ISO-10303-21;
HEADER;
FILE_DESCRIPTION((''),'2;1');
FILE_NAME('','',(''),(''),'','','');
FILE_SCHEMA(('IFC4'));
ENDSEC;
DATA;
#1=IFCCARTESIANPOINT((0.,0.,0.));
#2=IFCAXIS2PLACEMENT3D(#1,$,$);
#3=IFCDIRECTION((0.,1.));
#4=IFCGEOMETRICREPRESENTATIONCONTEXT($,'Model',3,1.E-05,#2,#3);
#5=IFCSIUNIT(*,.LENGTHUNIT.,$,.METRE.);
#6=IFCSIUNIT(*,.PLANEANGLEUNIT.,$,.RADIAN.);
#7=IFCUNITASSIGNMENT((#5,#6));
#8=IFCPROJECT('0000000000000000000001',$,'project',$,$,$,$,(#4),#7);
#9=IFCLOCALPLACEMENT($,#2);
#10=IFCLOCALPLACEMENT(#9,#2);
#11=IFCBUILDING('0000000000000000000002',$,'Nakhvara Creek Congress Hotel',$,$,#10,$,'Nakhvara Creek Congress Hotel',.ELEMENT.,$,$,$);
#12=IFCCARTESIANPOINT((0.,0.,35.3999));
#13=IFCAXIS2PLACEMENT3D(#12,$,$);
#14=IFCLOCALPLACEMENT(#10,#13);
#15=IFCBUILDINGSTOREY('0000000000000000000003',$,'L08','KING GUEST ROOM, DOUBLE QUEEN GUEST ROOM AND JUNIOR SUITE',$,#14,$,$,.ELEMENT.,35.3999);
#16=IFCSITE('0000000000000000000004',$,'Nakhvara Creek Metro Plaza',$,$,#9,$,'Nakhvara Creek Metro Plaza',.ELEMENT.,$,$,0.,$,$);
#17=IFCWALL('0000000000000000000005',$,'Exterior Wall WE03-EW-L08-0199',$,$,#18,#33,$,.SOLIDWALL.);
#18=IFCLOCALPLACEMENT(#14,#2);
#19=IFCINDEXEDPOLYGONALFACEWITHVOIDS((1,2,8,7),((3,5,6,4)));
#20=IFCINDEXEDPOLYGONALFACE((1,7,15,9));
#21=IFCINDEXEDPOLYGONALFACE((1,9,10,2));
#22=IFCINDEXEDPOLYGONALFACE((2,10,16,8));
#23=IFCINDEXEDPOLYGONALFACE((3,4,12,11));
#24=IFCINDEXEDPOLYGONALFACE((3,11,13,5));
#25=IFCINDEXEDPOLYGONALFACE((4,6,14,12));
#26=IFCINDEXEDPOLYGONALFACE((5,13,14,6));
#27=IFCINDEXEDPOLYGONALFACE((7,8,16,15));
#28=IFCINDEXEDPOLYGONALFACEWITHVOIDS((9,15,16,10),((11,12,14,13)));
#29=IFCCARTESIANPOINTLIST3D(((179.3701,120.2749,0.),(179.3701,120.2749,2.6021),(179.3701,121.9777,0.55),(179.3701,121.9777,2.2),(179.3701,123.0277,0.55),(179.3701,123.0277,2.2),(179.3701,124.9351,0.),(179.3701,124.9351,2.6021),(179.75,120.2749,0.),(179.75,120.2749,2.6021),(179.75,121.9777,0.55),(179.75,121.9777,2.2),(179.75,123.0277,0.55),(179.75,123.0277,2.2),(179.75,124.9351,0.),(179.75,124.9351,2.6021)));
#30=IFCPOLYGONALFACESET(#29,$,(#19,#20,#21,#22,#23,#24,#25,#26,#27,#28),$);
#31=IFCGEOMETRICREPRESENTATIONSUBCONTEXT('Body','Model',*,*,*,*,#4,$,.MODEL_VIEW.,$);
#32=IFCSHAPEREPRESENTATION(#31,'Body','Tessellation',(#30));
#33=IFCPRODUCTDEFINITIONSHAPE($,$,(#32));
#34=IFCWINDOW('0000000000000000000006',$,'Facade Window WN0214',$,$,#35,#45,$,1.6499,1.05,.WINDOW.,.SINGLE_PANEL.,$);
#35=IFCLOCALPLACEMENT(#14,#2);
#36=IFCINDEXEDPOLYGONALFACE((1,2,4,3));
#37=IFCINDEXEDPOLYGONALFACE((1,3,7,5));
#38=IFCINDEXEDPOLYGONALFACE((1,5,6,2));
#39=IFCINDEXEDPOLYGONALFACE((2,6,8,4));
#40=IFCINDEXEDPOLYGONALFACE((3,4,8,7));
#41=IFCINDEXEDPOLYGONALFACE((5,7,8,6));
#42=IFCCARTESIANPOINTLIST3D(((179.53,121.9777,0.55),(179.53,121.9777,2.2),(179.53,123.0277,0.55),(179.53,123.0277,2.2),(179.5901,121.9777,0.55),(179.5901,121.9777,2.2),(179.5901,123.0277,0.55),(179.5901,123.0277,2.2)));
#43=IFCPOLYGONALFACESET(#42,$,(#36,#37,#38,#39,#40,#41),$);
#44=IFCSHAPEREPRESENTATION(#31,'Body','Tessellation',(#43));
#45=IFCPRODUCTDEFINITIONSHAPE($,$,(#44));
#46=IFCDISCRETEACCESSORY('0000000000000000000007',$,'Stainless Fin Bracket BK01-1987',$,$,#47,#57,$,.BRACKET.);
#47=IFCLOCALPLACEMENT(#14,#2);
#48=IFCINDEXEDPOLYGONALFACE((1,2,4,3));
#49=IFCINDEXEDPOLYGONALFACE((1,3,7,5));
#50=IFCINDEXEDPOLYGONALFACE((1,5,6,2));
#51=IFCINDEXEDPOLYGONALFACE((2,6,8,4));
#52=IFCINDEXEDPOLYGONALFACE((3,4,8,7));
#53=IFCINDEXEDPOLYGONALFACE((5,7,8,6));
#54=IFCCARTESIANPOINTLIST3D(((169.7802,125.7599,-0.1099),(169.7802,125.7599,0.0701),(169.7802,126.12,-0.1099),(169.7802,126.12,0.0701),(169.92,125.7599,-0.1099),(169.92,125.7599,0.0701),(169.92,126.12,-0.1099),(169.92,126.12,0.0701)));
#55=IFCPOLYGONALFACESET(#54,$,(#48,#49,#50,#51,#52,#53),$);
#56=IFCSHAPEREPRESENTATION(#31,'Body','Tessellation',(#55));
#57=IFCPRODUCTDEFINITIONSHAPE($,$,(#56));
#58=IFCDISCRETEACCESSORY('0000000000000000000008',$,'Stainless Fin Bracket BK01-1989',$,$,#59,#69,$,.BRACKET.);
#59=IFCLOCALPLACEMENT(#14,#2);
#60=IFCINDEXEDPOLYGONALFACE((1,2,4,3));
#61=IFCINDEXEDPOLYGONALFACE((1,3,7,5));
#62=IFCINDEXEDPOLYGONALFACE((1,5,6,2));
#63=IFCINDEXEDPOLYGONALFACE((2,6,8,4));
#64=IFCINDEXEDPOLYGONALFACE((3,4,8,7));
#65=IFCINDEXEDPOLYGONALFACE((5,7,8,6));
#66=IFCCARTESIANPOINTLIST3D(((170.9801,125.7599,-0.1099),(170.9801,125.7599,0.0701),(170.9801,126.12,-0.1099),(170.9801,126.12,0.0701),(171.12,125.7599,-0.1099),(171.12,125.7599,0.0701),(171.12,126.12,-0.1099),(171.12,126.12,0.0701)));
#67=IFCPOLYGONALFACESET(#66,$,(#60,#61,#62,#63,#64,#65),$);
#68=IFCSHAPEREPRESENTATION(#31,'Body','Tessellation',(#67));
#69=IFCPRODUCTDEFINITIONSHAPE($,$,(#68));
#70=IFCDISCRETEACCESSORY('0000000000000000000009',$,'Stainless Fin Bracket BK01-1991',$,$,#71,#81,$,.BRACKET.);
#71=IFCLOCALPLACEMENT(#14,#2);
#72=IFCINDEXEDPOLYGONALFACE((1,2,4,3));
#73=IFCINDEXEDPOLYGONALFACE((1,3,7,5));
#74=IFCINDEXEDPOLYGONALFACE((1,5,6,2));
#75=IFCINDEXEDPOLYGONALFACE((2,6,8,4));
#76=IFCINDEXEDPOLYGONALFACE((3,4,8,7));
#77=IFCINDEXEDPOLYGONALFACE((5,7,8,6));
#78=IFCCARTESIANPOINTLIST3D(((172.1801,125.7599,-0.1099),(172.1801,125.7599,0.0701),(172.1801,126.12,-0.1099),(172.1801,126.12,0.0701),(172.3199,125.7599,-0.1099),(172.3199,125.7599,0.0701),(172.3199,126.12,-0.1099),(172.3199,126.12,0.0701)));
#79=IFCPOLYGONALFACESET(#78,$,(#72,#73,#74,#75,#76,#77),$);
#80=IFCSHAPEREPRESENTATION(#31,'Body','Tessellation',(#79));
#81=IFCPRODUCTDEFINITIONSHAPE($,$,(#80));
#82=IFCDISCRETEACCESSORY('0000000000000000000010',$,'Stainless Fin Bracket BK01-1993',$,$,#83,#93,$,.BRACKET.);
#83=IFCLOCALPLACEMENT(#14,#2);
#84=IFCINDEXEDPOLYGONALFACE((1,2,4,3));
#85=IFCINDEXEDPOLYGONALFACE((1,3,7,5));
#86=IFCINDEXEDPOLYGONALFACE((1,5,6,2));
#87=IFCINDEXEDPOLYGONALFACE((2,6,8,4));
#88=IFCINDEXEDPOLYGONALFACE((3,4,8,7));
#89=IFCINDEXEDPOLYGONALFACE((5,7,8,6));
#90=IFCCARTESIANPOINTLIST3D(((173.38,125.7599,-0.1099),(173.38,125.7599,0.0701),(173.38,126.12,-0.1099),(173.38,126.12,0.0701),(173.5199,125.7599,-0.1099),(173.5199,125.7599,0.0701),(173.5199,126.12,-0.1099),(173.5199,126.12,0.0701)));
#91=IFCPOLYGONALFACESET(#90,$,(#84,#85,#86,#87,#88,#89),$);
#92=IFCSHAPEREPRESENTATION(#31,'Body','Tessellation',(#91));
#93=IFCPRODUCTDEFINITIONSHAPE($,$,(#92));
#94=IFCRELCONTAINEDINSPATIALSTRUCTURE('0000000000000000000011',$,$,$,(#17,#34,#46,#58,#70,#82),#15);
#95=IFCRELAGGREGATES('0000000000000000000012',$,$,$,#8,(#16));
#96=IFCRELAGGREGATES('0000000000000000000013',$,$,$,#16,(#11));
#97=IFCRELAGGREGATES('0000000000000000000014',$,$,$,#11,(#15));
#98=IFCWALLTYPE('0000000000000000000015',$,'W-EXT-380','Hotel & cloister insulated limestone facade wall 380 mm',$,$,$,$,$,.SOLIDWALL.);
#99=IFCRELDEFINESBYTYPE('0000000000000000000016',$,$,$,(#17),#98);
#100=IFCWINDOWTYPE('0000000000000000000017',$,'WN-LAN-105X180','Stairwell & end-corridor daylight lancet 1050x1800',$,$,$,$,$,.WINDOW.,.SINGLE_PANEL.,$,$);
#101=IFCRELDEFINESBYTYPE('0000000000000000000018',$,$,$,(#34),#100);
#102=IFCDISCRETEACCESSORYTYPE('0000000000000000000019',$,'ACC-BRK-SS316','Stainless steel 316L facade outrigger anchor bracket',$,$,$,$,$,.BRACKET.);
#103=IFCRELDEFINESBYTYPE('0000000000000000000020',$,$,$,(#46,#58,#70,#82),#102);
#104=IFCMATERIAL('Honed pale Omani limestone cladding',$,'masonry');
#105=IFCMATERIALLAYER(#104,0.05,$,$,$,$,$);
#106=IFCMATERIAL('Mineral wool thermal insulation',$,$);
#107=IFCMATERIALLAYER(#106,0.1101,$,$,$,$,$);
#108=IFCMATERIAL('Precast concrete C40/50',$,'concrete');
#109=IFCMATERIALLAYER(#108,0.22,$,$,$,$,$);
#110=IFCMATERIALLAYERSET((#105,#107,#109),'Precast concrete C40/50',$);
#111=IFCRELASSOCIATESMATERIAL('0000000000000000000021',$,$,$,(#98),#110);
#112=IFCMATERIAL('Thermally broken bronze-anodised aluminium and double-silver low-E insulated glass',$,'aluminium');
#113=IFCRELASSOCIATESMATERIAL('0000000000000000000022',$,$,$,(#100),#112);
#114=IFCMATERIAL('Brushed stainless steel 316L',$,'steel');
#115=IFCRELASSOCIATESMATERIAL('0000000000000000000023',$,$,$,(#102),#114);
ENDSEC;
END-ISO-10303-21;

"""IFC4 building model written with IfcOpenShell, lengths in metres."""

from ifc_helpers import new_model, si_unit, direction, frame, frame_2d, origin, origin_2d, place, context, subcontext, project, spatial, rectangle, extrude, material, layer, layer_set, type_object, element, fill, save


model = new_model("IFC4")

# Units and contexts
model_context = context("Model", 3, precision=1e-05, world=origin(), true_north=direction((0.0, 1.0)))
body_context = subcontext(model_context, "Body", "Model", "MODEL_VIEW")
ifc_project = project(units=[si_unit("LENGTHUNIT", "METRE"), si_unit("PLANEANGLEUNIT", "RADIAN")], contexts=[model_context])

# Site, building, storey
site_placement = place(None, origin())
site = spatial("IfcSite", under=ifc_project, at=site_placement, Name="Nakhvara Creek Metro Plaza", LongName="Nakhvara Creek Metro Plaza", CompositionType="ELEMENT", RefElevation=0.0)
building_placement = place(site_placement, origin())
building = spatial("IfcBuilding", under=site, at=building_placement, Name="Nakhvara Creek Congress Hotel", LongName="Nakhvara Creek Congress Hotel", CompositionType="ELEMENT")
storey_placement = place(building_placement, frame((0.0, 0.0, 35.3999)))
storey = spatial("IfcBuildingStorey", under=building, at=storey_placement, Name="L08", Description="KING GUEST ROOM, DOUBLE QUEEN GUEST ROOM AND JUNIOR SUITE", CompositionType="ELEMENT", Elevation=35.3999)

# Wall, opening, window
ifc_material_1 = material(Name="Honed pale Omani limestone cladding", Category="masonry")
ifc_layer_1 = layer(ifc_material_1, 0.05)
ifc_material_2 = material(Name="Mineral wool thermal insulation")
ifc_layer_2 = layer(ifc_material_2, 0.1101)
ifc_material_3 = material(Name="Precast concrete C40/50", Category="concrete")
ifc_layer_3 = layer(ifc_material_3, 0.22)
ifc_layer_set_1 = layer_set([ifc_layer_1, ifc_layer_2, ifc_layer_3], Name="Precast concrete C40/50")
wall_type_1 = type_object("IfcWallType", Name="W-EXT-380", Description="Hotel & cloister insulated limestone facade wall 380 mm", PredefinedType="SOLIDWALL", material=ifc_layer_set_1)
wall_1_placement = place(storey_placement, frame((179.5601, 124.9351, 0.0), z_axis=(0.0, 0.0, 1.0), x_axis=(0.0, -1.0, 0.0)))
wall_1 = element("IfcWall", 1, at=wall_1_placement, inside=storey, type_object=wall_type_1, Name="Exterior Wall WE03-EW-L08-0199", PredefinedType="SOLIDWALL", context=body_context, shape_type="SweptSolid", body=[
    extrude(rectangle(XDim=4.6602, YDim=0.3799, at=frame_2d((2.3301, 0.0))), origin(), (0.0, 0.0, 1.0), 2.6021),
])
opening_1_placement = place(wall_1_placement, frame((1.9075, 0.0, 0.55)))
opening_1 = element("IfcOpeningElement", 2, at=opening_1_placement, cuts=wall_1, PredefinedType="OPENING", context=body_context, shape_type="SweptSolid", body=[
    extrude(rectangle(XDim=1.05, YDim=1.6499, at=frame_2d((0.5249, 0.825))), frame((0.0, 0.2019, 0.0), z_axis=(0.0, -1.0, 0.0), x_axis=(1.0, 0.0, 0.0)), (0.0, 0.0, 1.0), 0.4038),
])
ifc_material_4 = material(Name="Thermally broken bronze-anodised aluminium and double-silver low-E insulated glass", Category="aluminium")
window_type = type_object("IfcWindowType", Name="WN-LAN-105X180", Description="Stairwell & end-corridor daylight lancet 1050x1800", PartitioningType="SINGLE_PANEL", PredefinedType="WINDOW", material=ifc_material_4)
window_placement = place(opening_1_placement, origin())
window = element("IfcWindow", 3, at=window_placement, inside=storey, type_object=window_type, Name="Facade Window WN0214", OverallHeight=1.6499, OverallWidth=1.05, PartitioningType="SINGLE_PANEL", PredefinedType="WINDOW", context=body_context, shape_type="SweptSolid", body=[
    extrude(rectangle(XDim=1.05, YDim=1.6499, at=frame_2d((0.5249, 0.825))), frame((0.0, 0.03, 0.0), z_axis=(0.0, -1.0, 0.0), x_axis=(1.0, 0.0, 0.0)), (0.0, 0.0, 1.0), 0.0601),
])
fill(opening_1, window)

# Discrete accessories
ifc_material_5 = material(Name="Brushed stainless steel 316L", Category="steel")
discrete_accessory_type = type_object("IfcDiscreteAccessoryType", Name="ACC-BRK-SS316", Description="Stainless steel 316L facade outrigger anchor bracket", PredefinedType="BRACKET", material=ifc_material_5)
for number, where, z_axis, x_axis, name in (
    (4, (169.8501, 125.9399, -0.1099), (0.0, 0.0, 1.0), (1.0, 0.0, 0.0), "Stainless Fin Bracket BK01-1987"),
    (5, (171.05, 125.9399, -0.1099), (0.0, 0.0, 1.0), (1.0, 0.0, 0.0), "Stainless Fin Bracket BK01-1989"),
    (6, (172.25, 125.9399, -0.1099), (0.0, 0.0, 1.0), (1.0, 0.0, 0.0), "Stainless Fin Bracket BK01-1991"),
    (7, (173.45, 125.9399, -0.1099), (0.0, 0.0, 1.0), (1.0, 0.0, 0.0), "Stainless Fin Bracket BK01-1993"),
):
    element("IfcDiscreteAccessory", number, at=place(storey_placement, frame(where, z_axis=z_axis, x_axis=x_axis)), inside=storey, type_object=discrete_accessory_type, Name=name, PredefinedType="BRACKET", context=body_context, shape_type="SweptSolid", body=[
        extrude(rectangle(XDim=0.1399, YDim=0.3601, at=origin_2d()), origin(), (0.0, 0.0, 1.0), 0.1799),
    ])

save(model, "model.ifc")
